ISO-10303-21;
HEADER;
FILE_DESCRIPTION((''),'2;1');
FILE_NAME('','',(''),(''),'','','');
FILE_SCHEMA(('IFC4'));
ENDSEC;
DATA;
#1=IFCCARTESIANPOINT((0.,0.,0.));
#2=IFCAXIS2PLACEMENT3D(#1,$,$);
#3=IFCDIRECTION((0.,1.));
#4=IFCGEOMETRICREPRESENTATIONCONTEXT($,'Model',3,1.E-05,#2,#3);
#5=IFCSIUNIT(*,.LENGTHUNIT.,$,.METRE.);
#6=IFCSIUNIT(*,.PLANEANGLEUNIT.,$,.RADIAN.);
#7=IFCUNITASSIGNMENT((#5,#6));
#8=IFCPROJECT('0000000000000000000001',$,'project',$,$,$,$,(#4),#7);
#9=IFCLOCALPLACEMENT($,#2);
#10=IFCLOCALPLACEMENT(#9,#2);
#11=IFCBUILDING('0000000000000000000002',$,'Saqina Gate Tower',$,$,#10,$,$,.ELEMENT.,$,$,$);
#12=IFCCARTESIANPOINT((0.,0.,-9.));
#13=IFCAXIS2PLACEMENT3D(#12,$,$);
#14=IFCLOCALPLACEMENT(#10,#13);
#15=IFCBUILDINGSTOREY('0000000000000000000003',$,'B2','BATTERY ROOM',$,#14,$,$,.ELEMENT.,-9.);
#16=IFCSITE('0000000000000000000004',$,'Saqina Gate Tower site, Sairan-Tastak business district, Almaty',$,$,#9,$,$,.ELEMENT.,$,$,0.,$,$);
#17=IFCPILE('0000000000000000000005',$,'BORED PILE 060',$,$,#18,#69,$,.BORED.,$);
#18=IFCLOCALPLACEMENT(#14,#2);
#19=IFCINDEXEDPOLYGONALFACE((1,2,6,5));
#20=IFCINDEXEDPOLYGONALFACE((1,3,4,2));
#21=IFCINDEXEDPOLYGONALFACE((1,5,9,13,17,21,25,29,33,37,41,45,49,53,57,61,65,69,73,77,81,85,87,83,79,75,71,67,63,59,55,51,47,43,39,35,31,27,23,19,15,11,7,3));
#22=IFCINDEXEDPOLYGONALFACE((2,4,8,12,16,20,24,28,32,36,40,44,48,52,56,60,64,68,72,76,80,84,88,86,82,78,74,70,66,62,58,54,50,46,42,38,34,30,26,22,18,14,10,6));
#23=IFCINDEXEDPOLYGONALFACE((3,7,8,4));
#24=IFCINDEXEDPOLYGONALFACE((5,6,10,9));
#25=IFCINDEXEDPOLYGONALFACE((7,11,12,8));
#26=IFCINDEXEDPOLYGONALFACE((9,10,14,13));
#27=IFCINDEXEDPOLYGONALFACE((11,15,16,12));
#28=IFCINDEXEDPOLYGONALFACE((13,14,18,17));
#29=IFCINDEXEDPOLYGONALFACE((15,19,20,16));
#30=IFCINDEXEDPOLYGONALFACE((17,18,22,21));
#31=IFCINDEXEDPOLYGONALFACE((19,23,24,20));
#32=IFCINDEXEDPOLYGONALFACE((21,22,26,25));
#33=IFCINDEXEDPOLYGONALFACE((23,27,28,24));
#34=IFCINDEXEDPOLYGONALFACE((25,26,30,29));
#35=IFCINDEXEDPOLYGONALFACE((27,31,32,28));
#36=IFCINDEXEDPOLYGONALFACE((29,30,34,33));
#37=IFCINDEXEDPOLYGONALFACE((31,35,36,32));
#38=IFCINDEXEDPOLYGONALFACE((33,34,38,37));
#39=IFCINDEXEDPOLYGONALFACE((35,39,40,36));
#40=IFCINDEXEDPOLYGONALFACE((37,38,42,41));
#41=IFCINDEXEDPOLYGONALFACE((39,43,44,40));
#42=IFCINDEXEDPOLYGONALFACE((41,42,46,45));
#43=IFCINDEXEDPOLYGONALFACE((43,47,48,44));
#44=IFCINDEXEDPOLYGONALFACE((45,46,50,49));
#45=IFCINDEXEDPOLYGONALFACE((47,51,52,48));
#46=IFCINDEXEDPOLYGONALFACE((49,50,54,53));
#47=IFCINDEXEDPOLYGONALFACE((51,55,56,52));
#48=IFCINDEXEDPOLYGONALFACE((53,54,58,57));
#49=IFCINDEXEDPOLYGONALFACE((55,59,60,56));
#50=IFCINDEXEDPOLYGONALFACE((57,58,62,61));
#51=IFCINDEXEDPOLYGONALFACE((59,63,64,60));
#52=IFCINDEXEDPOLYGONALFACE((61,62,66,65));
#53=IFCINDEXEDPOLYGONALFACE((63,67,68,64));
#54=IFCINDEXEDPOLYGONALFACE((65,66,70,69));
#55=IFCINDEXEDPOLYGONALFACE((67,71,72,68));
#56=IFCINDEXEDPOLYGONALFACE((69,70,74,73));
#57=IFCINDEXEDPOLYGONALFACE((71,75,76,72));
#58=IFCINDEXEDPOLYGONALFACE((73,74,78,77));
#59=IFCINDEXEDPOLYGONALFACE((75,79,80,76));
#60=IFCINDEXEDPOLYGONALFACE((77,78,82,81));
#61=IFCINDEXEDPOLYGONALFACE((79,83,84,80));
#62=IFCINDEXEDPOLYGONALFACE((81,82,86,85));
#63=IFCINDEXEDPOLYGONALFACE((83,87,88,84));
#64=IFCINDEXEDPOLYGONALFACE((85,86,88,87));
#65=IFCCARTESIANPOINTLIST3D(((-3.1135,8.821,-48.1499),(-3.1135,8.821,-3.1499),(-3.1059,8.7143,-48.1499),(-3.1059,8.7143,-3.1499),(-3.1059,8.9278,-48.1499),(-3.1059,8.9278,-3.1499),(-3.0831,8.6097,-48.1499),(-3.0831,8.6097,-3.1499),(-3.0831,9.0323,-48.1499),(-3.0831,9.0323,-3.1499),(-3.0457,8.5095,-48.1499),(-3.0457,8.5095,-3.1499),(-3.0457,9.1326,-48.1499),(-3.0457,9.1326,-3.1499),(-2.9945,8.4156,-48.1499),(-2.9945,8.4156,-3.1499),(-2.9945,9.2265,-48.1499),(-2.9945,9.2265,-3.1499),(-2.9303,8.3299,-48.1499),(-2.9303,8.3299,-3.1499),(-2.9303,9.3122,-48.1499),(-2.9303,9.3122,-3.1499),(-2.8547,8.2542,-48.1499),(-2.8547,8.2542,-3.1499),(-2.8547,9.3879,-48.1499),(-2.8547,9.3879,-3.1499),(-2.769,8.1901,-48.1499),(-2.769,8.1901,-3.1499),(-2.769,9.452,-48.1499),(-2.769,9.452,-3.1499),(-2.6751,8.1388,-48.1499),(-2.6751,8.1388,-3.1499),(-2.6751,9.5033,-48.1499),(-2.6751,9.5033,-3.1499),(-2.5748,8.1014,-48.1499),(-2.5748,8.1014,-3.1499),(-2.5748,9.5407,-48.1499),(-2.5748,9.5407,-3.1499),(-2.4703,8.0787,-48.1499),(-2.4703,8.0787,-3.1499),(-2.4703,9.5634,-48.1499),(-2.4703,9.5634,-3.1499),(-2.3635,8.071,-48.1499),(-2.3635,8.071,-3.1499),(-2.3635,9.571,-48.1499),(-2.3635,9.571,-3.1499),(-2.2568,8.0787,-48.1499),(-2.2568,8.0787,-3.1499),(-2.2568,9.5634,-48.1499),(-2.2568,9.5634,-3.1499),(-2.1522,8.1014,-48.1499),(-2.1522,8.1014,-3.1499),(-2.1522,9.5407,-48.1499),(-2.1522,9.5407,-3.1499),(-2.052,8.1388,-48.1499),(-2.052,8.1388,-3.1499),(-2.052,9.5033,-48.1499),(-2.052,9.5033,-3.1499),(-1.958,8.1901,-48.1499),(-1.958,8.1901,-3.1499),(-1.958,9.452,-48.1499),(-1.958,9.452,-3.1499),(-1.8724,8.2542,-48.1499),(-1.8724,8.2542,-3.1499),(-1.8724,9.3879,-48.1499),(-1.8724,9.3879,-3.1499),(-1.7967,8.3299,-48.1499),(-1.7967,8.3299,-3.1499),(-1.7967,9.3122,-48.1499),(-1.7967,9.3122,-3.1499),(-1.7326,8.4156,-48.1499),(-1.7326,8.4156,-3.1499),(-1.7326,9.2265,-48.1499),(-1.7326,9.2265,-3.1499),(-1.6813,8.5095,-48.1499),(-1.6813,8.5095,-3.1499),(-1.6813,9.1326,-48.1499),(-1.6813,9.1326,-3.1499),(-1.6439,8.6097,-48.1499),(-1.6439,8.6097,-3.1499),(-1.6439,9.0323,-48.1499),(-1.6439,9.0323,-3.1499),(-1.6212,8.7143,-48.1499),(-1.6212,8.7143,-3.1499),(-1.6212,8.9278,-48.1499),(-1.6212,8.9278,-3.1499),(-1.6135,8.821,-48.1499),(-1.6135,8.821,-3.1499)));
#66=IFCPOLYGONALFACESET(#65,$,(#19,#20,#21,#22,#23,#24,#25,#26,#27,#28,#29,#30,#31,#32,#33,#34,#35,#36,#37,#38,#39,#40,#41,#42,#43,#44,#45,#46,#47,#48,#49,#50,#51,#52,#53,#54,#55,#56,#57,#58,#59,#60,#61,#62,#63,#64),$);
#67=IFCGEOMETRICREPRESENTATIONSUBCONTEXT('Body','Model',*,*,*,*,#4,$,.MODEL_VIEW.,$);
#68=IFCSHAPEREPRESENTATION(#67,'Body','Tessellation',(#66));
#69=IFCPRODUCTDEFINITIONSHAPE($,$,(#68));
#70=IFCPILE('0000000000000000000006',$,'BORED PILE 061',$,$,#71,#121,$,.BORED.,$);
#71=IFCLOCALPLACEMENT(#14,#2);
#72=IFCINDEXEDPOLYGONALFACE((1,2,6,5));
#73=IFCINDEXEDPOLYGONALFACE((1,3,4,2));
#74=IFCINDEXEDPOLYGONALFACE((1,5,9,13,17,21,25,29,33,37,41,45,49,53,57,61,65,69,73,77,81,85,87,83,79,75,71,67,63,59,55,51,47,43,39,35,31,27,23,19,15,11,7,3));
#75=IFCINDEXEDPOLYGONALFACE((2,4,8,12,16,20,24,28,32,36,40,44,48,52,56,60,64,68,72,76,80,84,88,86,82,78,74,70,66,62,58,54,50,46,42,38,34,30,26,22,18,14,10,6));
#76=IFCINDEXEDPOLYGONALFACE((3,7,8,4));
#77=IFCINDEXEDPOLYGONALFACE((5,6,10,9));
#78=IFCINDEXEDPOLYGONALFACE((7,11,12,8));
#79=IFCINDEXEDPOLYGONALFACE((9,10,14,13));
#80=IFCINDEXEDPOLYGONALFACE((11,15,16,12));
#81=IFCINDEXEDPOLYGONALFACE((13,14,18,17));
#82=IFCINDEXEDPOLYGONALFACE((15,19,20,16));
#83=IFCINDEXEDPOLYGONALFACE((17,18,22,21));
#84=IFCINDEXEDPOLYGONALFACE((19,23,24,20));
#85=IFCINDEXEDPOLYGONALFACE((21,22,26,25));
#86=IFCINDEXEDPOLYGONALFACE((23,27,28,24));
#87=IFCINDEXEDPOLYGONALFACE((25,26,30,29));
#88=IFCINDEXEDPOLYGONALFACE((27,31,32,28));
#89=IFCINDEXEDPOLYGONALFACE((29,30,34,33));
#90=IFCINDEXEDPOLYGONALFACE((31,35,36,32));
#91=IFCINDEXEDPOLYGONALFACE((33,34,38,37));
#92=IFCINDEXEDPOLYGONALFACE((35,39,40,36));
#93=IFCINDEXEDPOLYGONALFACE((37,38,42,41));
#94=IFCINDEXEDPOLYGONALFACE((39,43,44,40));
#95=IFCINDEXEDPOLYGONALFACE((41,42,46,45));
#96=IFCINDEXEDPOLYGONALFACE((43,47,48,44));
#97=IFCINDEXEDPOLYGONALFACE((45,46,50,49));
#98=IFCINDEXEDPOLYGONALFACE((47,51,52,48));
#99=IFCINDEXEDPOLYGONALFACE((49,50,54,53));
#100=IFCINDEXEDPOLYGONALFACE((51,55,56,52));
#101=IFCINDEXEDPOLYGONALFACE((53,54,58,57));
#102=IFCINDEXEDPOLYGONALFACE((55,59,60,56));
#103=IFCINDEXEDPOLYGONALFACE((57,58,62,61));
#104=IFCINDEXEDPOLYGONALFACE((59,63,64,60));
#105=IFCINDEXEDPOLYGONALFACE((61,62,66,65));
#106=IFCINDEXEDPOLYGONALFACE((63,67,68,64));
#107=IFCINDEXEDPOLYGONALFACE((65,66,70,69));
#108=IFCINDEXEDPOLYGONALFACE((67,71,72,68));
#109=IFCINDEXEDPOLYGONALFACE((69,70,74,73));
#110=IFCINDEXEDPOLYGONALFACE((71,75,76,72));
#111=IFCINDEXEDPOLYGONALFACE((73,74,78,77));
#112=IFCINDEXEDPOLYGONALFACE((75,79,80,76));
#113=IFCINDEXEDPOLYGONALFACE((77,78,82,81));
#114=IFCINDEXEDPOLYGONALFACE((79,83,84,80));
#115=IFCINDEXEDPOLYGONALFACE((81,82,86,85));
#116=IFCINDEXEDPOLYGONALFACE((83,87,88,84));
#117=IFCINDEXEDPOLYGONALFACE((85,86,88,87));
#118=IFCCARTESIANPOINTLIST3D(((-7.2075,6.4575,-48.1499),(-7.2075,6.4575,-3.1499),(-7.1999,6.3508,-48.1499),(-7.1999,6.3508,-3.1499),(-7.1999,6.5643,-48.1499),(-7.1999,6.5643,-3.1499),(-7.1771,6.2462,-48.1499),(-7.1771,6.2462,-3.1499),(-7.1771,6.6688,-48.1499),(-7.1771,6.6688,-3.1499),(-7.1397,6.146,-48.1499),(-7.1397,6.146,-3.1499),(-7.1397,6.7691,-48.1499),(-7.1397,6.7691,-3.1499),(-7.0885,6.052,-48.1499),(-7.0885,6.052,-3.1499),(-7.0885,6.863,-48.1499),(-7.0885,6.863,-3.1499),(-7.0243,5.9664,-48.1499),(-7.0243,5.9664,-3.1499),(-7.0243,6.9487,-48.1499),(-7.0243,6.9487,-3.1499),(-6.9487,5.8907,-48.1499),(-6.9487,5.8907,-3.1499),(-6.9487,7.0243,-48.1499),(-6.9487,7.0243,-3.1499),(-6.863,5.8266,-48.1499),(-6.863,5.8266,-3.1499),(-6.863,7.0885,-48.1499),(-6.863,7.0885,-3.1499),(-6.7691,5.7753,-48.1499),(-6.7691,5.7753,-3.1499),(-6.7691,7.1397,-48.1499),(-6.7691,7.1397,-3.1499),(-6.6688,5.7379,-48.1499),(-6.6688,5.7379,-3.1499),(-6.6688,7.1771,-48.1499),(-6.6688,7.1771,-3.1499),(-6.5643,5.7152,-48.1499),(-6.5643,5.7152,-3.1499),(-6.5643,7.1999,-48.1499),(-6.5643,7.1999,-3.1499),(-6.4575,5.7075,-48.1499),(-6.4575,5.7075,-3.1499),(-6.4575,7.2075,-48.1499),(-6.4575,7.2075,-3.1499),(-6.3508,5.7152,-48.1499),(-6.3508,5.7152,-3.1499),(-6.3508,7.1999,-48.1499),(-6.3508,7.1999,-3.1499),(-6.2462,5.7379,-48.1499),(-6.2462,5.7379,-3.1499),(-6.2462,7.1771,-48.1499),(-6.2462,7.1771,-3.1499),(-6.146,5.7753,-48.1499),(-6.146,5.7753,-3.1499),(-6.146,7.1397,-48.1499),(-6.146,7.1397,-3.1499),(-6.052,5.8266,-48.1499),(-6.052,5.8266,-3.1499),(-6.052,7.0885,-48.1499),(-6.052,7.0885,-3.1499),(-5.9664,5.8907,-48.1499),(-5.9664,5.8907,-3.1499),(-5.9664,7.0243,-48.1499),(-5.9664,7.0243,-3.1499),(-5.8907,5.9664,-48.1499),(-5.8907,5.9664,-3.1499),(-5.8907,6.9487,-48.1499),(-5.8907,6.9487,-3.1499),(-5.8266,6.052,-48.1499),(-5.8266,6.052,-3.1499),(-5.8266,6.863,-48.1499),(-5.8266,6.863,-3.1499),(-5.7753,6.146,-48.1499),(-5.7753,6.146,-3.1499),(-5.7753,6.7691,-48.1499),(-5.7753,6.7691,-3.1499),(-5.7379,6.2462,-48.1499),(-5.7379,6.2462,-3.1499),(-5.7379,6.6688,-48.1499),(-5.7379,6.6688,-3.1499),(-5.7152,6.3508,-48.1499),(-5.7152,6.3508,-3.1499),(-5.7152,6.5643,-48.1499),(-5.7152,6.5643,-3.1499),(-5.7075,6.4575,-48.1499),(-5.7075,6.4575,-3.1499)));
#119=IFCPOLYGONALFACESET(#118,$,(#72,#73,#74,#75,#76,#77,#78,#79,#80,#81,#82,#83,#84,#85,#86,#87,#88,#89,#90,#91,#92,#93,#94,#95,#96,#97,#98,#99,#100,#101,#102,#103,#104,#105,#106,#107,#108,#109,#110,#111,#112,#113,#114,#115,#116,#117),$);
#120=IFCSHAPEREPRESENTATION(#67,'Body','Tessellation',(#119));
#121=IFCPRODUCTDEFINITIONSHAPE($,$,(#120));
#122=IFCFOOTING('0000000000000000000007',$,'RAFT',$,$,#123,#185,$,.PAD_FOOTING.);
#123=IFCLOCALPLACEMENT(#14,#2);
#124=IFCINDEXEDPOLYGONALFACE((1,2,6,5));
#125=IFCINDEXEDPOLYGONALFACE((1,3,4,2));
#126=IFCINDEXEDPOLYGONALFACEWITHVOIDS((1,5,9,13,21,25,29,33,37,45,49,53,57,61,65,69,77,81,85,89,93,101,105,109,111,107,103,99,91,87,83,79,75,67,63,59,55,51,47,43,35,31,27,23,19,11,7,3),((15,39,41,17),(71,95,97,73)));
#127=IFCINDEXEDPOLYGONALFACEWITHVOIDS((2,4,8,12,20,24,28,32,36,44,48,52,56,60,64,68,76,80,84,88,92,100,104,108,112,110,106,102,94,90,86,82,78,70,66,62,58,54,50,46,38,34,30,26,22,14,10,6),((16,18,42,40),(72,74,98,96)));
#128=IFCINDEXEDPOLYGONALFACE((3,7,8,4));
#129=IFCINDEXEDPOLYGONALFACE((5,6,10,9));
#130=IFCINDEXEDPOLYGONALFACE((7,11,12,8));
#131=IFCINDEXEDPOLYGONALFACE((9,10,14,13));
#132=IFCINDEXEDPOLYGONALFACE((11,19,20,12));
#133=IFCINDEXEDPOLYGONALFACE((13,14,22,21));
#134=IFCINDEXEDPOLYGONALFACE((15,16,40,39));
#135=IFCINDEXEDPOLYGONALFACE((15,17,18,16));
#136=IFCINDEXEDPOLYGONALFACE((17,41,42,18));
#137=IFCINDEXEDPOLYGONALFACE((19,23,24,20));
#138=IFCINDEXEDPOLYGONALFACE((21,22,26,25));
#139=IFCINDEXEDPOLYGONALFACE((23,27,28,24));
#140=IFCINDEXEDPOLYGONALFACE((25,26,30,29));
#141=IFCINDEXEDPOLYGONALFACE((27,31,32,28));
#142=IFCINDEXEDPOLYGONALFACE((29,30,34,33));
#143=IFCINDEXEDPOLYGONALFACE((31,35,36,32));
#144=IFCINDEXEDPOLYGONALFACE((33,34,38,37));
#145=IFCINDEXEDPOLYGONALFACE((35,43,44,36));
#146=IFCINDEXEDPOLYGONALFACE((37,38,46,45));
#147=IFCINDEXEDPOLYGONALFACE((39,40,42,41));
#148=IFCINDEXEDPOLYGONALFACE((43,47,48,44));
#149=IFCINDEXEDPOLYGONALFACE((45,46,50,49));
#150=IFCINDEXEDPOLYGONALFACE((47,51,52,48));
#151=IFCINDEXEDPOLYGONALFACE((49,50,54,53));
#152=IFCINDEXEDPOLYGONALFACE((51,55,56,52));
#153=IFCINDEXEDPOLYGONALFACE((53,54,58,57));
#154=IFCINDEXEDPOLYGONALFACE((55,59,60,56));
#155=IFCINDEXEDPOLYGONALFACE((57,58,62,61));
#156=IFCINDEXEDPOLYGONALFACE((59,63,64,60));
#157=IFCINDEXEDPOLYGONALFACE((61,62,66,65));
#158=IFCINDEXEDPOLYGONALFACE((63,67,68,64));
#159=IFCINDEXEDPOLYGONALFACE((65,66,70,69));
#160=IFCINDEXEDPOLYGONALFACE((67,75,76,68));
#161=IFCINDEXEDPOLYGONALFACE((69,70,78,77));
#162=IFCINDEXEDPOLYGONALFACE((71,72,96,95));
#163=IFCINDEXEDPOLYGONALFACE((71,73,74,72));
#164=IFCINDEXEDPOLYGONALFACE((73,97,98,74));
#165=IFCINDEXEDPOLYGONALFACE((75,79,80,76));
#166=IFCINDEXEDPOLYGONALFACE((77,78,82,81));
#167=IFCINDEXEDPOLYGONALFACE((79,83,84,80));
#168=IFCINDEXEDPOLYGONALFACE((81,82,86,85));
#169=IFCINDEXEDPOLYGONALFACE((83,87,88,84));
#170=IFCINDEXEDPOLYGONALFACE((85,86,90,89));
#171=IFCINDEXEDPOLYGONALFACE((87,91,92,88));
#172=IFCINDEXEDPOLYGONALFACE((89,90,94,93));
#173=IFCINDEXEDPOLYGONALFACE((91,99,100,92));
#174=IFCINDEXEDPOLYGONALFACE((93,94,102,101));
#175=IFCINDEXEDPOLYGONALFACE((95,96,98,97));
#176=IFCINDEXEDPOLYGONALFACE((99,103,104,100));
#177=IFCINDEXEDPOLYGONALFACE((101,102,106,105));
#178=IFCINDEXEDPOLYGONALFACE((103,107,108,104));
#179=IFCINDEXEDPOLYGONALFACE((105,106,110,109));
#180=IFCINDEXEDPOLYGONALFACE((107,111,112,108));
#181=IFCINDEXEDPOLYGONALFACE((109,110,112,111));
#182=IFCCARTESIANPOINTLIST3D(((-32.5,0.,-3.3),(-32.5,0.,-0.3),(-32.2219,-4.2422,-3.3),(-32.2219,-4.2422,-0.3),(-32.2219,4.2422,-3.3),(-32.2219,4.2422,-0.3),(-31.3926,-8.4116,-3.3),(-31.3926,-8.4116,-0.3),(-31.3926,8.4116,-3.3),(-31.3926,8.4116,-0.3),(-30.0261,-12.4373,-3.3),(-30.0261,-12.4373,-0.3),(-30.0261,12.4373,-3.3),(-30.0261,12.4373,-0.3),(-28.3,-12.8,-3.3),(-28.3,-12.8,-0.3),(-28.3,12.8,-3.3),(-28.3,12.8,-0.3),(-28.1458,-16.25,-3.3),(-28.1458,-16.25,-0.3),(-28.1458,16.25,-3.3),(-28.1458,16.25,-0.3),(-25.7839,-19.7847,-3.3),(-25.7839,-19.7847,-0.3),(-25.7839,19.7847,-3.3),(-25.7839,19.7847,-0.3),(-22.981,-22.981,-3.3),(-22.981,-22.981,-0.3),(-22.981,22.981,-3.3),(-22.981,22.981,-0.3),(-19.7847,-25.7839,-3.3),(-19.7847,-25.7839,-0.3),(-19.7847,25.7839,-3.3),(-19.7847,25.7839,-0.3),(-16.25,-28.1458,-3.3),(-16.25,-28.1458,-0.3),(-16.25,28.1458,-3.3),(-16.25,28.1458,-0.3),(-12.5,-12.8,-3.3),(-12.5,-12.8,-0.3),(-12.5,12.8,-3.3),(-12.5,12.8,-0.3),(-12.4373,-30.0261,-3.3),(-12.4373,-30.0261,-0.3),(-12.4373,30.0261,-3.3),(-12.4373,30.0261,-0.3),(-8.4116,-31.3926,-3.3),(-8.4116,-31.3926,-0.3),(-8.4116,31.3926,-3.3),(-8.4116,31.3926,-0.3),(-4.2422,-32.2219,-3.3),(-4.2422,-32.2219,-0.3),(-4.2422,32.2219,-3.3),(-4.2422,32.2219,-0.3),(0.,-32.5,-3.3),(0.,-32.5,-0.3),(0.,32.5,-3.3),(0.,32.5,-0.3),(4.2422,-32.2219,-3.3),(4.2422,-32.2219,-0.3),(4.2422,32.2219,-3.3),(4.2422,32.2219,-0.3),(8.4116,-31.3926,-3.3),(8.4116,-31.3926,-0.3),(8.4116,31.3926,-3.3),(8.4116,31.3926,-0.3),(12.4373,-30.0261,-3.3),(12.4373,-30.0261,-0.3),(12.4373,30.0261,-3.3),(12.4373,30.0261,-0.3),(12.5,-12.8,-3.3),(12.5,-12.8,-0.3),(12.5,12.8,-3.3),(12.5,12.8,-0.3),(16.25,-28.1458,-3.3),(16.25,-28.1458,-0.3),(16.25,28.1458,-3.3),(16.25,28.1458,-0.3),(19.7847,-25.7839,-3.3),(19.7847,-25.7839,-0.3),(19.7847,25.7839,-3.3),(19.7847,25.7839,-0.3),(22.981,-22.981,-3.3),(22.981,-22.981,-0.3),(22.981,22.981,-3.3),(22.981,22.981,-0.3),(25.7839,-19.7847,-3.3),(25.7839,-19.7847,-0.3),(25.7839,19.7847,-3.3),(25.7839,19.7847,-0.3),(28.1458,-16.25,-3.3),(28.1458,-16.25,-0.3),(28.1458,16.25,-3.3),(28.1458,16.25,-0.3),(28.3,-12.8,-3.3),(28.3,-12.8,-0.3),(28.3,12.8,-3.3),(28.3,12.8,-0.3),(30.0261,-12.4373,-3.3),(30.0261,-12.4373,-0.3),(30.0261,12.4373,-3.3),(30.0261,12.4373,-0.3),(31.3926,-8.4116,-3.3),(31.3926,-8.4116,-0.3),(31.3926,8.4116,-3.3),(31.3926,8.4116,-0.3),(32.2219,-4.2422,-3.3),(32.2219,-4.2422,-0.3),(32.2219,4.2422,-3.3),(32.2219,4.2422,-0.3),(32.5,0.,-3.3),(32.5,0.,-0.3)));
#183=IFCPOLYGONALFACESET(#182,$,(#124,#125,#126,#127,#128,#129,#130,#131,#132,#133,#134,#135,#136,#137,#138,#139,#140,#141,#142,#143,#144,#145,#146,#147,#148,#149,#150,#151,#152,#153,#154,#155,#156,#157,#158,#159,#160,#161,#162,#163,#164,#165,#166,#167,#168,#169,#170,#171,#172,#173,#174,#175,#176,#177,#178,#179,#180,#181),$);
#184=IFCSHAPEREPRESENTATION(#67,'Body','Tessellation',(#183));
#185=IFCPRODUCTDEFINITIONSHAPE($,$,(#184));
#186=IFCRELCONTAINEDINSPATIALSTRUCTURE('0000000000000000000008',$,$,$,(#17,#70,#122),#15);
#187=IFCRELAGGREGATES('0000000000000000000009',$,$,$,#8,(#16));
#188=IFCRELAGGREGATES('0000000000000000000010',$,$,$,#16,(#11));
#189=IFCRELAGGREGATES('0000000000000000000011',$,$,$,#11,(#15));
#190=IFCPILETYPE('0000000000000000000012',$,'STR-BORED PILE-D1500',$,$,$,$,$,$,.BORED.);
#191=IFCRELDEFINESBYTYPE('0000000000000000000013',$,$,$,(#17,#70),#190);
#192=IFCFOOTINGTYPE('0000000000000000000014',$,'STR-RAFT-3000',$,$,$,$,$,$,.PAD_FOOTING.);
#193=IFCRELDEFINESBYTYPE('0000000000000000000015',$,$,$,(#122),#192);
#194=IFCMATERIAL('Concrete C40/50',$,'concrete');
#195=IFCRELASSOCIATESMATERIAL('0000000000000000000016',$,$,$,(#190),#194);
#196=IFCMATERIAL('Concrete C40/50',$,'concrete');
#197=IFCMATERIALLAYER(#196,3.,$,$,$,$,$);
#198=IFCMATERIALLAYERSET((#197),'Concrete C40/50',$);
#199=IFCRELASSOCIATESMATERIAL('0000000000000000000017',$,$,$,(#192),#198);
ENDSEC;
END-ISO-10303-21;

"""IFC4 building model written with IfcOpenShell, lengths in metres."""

from ifc_helpers import new_model, si_unit, direction, frame, origin, origin_2d, place, context, subcontext, project, spatial, polyline, circle, outline, extrude, material, layer, layer_set, material_profile, profile_set, type_object, element, save


model = new_model("IFC4")

# Units and contexts
model_context = context("Model", 3, precision=1e-05, world=origin(), true_north=direction((0.0, 1.0)))
body_context = subcontext(model_context, "Body", "Model", "MODEL_VIEW")
ifc_project = project(units=[si_unit("LENGTHUNIT", "METRE"), si_unit("PLANEANGLEUNIT", "RADIAN")], contexts=[model_context])

# Site, building, storey
site_placement = place(None, origin())
site = spatial("IfcSite", under=ifc_project, at=site_placement, Name="Saqina Gate Tower site, Sairan-Tastak business district, Almaty", CompositionType="ELEMENT", RefElevation=0.0)
building_placement = place(site_placement, origin())
building = spatial("IfcBuilding", under=site, at=building_placement, Name="Saqina Gate Tower", CompositionType="ELEMENT")
storey_placement = place(building_placement, frame((0.0, 0.0, -9.0)))
storey = spatial("IfcBuildingStorey", under=building, at=storey_placement, Name="B2", Description="BATTERY ROOM", CompositionType="ELEMENT", Elevation=-9.0)

# Piles
ifc_material_1 = material(Name="Concrete C40/50", Category="concrete")
ifc_material_profile_1 = material_profile(ifc_material_1, circle(Radius=0.75, at=origin_2d()), Name="RC D1500")
ifc_profile_set_1 = profile_set([ifc_material_profile_1], Name="Concrete C40/50")
pile_type = type_object("IfcPileType", Name="STR-BORED PILE-D1500", PredefinedType="BORED", material=ifc_profile_set_1)
for number, where, z_axis, x_axis, name in (
    (1, (-2.3635, 8.821, -3.1499), (0.0, 0.0, -1.0), (1.0, 0.0, 0.0), "BORED PILE 060"),
    (2, (-6.4575, 6.4575, -3.1499), (0.0, 0.0, -1.0), (1.0, 0.0, 0.0), "BORED PILE 061"),
):
    element("IfcPile", number, at=place(storey_placement, frame(where, z_axis=z_axis, x_axis=x_axis)), inside=storey, type_object=pile_type, Name=name, PredefinedType="BORED", context=body_context, shape_type="SweptSolid", body=[
        extrude(circle(Radius=0.75, at=origin_2d()), origin(), (0.0, 0.0, 1.0), 45.0),
    ])

# Footing
ifc_material_2 = material(Name="Concrete C40/50", Category="concrete")
ifc_layer_1 = layer(ifc_material_2, 3.0)
ifc_layer_set_1 = layer_set([ifc_layer_1], Name="Concrete C40/50")
footing_type = type_object("IfcFootingType", Name="STR-RAFT-3000", PredefinedType="PAD_FOOTING", material=ifc_layer_set_1)
footing_placement = place(storey_placement, frame((0.0, 0.0, -3.3)))
element("IfcFooting", 3, at=footing_placement, inside=storey, type_object=footing_type, Name="RAFT", PredefinedType="PAD_FOOTING", context=body_context, shape_type="SweptSolid", body=[
    extrude(outline(polyline([(32.2219, -4.2422), (32.5, 0.0), (32.2219, 4.2422), (31.3926, 8.4116), (30.0261, 12.4373), (28.1458, 16.25), (25.7839, 19.7847), (22.981, 22.981), (19.7847, 25.7839), (16.25, 28.1458), (12.4373, 30.0261), (8.4116, 31.3926), (4.2422, 32.2219), (0.0, 32.5), (-4.2422, 32.2219), (-8.4116, 31.3926), (-12.4373, 30.0261), (-16.25, 28.1458), (-19.7847, 25.7839), (-22.981, 22.981), (-25.7839, 19.7847), (-28.1458, 16.25), (-30.0261, 12.4373), (-31.3926, 8.4116), (-32.2219, 4.2422), (-32.5, 0.0), (-32.2219, -4.2422), (-31.3926, -8.4116), (-30.0261, -12.4373), (-28.1458, -16.25), (-25.7839, -19.7847), (-22.981, -22.981), (-19.7847, -25.7839), (-16.25, -28.1458), (-12.4373, -30.0261), (-8.4116, -31.3926), (-4.2422, -32.2219), (0.0, -32.5), (4.2422, -32.2219), (8.4116, -31.3926), (12.4373, -30.0261), (16.25, -28.1458), (19.7847, -25.7839), (22.981, -22.981), (25.7839, -19.7847), (28.1458, -16.25), (30.0261, -12.4373), (31.3926, -8.4116), (32.2219, -4.2422)]), holes=[polyline([(-12.5, -12.8), (-28.3, -12.8), (-28.3, 12.8), (-12.5, 12.8), (-12.5, -12.8)]), polyline([(28.3, -12.8), (12.5, -12.8), (12.5, 12.8), (28.3, 12.8), (28.3, -12.8)])]), origin(), (0.0, 0.0, 1.0), 3.0),
])

save(model, "model.ifc")
